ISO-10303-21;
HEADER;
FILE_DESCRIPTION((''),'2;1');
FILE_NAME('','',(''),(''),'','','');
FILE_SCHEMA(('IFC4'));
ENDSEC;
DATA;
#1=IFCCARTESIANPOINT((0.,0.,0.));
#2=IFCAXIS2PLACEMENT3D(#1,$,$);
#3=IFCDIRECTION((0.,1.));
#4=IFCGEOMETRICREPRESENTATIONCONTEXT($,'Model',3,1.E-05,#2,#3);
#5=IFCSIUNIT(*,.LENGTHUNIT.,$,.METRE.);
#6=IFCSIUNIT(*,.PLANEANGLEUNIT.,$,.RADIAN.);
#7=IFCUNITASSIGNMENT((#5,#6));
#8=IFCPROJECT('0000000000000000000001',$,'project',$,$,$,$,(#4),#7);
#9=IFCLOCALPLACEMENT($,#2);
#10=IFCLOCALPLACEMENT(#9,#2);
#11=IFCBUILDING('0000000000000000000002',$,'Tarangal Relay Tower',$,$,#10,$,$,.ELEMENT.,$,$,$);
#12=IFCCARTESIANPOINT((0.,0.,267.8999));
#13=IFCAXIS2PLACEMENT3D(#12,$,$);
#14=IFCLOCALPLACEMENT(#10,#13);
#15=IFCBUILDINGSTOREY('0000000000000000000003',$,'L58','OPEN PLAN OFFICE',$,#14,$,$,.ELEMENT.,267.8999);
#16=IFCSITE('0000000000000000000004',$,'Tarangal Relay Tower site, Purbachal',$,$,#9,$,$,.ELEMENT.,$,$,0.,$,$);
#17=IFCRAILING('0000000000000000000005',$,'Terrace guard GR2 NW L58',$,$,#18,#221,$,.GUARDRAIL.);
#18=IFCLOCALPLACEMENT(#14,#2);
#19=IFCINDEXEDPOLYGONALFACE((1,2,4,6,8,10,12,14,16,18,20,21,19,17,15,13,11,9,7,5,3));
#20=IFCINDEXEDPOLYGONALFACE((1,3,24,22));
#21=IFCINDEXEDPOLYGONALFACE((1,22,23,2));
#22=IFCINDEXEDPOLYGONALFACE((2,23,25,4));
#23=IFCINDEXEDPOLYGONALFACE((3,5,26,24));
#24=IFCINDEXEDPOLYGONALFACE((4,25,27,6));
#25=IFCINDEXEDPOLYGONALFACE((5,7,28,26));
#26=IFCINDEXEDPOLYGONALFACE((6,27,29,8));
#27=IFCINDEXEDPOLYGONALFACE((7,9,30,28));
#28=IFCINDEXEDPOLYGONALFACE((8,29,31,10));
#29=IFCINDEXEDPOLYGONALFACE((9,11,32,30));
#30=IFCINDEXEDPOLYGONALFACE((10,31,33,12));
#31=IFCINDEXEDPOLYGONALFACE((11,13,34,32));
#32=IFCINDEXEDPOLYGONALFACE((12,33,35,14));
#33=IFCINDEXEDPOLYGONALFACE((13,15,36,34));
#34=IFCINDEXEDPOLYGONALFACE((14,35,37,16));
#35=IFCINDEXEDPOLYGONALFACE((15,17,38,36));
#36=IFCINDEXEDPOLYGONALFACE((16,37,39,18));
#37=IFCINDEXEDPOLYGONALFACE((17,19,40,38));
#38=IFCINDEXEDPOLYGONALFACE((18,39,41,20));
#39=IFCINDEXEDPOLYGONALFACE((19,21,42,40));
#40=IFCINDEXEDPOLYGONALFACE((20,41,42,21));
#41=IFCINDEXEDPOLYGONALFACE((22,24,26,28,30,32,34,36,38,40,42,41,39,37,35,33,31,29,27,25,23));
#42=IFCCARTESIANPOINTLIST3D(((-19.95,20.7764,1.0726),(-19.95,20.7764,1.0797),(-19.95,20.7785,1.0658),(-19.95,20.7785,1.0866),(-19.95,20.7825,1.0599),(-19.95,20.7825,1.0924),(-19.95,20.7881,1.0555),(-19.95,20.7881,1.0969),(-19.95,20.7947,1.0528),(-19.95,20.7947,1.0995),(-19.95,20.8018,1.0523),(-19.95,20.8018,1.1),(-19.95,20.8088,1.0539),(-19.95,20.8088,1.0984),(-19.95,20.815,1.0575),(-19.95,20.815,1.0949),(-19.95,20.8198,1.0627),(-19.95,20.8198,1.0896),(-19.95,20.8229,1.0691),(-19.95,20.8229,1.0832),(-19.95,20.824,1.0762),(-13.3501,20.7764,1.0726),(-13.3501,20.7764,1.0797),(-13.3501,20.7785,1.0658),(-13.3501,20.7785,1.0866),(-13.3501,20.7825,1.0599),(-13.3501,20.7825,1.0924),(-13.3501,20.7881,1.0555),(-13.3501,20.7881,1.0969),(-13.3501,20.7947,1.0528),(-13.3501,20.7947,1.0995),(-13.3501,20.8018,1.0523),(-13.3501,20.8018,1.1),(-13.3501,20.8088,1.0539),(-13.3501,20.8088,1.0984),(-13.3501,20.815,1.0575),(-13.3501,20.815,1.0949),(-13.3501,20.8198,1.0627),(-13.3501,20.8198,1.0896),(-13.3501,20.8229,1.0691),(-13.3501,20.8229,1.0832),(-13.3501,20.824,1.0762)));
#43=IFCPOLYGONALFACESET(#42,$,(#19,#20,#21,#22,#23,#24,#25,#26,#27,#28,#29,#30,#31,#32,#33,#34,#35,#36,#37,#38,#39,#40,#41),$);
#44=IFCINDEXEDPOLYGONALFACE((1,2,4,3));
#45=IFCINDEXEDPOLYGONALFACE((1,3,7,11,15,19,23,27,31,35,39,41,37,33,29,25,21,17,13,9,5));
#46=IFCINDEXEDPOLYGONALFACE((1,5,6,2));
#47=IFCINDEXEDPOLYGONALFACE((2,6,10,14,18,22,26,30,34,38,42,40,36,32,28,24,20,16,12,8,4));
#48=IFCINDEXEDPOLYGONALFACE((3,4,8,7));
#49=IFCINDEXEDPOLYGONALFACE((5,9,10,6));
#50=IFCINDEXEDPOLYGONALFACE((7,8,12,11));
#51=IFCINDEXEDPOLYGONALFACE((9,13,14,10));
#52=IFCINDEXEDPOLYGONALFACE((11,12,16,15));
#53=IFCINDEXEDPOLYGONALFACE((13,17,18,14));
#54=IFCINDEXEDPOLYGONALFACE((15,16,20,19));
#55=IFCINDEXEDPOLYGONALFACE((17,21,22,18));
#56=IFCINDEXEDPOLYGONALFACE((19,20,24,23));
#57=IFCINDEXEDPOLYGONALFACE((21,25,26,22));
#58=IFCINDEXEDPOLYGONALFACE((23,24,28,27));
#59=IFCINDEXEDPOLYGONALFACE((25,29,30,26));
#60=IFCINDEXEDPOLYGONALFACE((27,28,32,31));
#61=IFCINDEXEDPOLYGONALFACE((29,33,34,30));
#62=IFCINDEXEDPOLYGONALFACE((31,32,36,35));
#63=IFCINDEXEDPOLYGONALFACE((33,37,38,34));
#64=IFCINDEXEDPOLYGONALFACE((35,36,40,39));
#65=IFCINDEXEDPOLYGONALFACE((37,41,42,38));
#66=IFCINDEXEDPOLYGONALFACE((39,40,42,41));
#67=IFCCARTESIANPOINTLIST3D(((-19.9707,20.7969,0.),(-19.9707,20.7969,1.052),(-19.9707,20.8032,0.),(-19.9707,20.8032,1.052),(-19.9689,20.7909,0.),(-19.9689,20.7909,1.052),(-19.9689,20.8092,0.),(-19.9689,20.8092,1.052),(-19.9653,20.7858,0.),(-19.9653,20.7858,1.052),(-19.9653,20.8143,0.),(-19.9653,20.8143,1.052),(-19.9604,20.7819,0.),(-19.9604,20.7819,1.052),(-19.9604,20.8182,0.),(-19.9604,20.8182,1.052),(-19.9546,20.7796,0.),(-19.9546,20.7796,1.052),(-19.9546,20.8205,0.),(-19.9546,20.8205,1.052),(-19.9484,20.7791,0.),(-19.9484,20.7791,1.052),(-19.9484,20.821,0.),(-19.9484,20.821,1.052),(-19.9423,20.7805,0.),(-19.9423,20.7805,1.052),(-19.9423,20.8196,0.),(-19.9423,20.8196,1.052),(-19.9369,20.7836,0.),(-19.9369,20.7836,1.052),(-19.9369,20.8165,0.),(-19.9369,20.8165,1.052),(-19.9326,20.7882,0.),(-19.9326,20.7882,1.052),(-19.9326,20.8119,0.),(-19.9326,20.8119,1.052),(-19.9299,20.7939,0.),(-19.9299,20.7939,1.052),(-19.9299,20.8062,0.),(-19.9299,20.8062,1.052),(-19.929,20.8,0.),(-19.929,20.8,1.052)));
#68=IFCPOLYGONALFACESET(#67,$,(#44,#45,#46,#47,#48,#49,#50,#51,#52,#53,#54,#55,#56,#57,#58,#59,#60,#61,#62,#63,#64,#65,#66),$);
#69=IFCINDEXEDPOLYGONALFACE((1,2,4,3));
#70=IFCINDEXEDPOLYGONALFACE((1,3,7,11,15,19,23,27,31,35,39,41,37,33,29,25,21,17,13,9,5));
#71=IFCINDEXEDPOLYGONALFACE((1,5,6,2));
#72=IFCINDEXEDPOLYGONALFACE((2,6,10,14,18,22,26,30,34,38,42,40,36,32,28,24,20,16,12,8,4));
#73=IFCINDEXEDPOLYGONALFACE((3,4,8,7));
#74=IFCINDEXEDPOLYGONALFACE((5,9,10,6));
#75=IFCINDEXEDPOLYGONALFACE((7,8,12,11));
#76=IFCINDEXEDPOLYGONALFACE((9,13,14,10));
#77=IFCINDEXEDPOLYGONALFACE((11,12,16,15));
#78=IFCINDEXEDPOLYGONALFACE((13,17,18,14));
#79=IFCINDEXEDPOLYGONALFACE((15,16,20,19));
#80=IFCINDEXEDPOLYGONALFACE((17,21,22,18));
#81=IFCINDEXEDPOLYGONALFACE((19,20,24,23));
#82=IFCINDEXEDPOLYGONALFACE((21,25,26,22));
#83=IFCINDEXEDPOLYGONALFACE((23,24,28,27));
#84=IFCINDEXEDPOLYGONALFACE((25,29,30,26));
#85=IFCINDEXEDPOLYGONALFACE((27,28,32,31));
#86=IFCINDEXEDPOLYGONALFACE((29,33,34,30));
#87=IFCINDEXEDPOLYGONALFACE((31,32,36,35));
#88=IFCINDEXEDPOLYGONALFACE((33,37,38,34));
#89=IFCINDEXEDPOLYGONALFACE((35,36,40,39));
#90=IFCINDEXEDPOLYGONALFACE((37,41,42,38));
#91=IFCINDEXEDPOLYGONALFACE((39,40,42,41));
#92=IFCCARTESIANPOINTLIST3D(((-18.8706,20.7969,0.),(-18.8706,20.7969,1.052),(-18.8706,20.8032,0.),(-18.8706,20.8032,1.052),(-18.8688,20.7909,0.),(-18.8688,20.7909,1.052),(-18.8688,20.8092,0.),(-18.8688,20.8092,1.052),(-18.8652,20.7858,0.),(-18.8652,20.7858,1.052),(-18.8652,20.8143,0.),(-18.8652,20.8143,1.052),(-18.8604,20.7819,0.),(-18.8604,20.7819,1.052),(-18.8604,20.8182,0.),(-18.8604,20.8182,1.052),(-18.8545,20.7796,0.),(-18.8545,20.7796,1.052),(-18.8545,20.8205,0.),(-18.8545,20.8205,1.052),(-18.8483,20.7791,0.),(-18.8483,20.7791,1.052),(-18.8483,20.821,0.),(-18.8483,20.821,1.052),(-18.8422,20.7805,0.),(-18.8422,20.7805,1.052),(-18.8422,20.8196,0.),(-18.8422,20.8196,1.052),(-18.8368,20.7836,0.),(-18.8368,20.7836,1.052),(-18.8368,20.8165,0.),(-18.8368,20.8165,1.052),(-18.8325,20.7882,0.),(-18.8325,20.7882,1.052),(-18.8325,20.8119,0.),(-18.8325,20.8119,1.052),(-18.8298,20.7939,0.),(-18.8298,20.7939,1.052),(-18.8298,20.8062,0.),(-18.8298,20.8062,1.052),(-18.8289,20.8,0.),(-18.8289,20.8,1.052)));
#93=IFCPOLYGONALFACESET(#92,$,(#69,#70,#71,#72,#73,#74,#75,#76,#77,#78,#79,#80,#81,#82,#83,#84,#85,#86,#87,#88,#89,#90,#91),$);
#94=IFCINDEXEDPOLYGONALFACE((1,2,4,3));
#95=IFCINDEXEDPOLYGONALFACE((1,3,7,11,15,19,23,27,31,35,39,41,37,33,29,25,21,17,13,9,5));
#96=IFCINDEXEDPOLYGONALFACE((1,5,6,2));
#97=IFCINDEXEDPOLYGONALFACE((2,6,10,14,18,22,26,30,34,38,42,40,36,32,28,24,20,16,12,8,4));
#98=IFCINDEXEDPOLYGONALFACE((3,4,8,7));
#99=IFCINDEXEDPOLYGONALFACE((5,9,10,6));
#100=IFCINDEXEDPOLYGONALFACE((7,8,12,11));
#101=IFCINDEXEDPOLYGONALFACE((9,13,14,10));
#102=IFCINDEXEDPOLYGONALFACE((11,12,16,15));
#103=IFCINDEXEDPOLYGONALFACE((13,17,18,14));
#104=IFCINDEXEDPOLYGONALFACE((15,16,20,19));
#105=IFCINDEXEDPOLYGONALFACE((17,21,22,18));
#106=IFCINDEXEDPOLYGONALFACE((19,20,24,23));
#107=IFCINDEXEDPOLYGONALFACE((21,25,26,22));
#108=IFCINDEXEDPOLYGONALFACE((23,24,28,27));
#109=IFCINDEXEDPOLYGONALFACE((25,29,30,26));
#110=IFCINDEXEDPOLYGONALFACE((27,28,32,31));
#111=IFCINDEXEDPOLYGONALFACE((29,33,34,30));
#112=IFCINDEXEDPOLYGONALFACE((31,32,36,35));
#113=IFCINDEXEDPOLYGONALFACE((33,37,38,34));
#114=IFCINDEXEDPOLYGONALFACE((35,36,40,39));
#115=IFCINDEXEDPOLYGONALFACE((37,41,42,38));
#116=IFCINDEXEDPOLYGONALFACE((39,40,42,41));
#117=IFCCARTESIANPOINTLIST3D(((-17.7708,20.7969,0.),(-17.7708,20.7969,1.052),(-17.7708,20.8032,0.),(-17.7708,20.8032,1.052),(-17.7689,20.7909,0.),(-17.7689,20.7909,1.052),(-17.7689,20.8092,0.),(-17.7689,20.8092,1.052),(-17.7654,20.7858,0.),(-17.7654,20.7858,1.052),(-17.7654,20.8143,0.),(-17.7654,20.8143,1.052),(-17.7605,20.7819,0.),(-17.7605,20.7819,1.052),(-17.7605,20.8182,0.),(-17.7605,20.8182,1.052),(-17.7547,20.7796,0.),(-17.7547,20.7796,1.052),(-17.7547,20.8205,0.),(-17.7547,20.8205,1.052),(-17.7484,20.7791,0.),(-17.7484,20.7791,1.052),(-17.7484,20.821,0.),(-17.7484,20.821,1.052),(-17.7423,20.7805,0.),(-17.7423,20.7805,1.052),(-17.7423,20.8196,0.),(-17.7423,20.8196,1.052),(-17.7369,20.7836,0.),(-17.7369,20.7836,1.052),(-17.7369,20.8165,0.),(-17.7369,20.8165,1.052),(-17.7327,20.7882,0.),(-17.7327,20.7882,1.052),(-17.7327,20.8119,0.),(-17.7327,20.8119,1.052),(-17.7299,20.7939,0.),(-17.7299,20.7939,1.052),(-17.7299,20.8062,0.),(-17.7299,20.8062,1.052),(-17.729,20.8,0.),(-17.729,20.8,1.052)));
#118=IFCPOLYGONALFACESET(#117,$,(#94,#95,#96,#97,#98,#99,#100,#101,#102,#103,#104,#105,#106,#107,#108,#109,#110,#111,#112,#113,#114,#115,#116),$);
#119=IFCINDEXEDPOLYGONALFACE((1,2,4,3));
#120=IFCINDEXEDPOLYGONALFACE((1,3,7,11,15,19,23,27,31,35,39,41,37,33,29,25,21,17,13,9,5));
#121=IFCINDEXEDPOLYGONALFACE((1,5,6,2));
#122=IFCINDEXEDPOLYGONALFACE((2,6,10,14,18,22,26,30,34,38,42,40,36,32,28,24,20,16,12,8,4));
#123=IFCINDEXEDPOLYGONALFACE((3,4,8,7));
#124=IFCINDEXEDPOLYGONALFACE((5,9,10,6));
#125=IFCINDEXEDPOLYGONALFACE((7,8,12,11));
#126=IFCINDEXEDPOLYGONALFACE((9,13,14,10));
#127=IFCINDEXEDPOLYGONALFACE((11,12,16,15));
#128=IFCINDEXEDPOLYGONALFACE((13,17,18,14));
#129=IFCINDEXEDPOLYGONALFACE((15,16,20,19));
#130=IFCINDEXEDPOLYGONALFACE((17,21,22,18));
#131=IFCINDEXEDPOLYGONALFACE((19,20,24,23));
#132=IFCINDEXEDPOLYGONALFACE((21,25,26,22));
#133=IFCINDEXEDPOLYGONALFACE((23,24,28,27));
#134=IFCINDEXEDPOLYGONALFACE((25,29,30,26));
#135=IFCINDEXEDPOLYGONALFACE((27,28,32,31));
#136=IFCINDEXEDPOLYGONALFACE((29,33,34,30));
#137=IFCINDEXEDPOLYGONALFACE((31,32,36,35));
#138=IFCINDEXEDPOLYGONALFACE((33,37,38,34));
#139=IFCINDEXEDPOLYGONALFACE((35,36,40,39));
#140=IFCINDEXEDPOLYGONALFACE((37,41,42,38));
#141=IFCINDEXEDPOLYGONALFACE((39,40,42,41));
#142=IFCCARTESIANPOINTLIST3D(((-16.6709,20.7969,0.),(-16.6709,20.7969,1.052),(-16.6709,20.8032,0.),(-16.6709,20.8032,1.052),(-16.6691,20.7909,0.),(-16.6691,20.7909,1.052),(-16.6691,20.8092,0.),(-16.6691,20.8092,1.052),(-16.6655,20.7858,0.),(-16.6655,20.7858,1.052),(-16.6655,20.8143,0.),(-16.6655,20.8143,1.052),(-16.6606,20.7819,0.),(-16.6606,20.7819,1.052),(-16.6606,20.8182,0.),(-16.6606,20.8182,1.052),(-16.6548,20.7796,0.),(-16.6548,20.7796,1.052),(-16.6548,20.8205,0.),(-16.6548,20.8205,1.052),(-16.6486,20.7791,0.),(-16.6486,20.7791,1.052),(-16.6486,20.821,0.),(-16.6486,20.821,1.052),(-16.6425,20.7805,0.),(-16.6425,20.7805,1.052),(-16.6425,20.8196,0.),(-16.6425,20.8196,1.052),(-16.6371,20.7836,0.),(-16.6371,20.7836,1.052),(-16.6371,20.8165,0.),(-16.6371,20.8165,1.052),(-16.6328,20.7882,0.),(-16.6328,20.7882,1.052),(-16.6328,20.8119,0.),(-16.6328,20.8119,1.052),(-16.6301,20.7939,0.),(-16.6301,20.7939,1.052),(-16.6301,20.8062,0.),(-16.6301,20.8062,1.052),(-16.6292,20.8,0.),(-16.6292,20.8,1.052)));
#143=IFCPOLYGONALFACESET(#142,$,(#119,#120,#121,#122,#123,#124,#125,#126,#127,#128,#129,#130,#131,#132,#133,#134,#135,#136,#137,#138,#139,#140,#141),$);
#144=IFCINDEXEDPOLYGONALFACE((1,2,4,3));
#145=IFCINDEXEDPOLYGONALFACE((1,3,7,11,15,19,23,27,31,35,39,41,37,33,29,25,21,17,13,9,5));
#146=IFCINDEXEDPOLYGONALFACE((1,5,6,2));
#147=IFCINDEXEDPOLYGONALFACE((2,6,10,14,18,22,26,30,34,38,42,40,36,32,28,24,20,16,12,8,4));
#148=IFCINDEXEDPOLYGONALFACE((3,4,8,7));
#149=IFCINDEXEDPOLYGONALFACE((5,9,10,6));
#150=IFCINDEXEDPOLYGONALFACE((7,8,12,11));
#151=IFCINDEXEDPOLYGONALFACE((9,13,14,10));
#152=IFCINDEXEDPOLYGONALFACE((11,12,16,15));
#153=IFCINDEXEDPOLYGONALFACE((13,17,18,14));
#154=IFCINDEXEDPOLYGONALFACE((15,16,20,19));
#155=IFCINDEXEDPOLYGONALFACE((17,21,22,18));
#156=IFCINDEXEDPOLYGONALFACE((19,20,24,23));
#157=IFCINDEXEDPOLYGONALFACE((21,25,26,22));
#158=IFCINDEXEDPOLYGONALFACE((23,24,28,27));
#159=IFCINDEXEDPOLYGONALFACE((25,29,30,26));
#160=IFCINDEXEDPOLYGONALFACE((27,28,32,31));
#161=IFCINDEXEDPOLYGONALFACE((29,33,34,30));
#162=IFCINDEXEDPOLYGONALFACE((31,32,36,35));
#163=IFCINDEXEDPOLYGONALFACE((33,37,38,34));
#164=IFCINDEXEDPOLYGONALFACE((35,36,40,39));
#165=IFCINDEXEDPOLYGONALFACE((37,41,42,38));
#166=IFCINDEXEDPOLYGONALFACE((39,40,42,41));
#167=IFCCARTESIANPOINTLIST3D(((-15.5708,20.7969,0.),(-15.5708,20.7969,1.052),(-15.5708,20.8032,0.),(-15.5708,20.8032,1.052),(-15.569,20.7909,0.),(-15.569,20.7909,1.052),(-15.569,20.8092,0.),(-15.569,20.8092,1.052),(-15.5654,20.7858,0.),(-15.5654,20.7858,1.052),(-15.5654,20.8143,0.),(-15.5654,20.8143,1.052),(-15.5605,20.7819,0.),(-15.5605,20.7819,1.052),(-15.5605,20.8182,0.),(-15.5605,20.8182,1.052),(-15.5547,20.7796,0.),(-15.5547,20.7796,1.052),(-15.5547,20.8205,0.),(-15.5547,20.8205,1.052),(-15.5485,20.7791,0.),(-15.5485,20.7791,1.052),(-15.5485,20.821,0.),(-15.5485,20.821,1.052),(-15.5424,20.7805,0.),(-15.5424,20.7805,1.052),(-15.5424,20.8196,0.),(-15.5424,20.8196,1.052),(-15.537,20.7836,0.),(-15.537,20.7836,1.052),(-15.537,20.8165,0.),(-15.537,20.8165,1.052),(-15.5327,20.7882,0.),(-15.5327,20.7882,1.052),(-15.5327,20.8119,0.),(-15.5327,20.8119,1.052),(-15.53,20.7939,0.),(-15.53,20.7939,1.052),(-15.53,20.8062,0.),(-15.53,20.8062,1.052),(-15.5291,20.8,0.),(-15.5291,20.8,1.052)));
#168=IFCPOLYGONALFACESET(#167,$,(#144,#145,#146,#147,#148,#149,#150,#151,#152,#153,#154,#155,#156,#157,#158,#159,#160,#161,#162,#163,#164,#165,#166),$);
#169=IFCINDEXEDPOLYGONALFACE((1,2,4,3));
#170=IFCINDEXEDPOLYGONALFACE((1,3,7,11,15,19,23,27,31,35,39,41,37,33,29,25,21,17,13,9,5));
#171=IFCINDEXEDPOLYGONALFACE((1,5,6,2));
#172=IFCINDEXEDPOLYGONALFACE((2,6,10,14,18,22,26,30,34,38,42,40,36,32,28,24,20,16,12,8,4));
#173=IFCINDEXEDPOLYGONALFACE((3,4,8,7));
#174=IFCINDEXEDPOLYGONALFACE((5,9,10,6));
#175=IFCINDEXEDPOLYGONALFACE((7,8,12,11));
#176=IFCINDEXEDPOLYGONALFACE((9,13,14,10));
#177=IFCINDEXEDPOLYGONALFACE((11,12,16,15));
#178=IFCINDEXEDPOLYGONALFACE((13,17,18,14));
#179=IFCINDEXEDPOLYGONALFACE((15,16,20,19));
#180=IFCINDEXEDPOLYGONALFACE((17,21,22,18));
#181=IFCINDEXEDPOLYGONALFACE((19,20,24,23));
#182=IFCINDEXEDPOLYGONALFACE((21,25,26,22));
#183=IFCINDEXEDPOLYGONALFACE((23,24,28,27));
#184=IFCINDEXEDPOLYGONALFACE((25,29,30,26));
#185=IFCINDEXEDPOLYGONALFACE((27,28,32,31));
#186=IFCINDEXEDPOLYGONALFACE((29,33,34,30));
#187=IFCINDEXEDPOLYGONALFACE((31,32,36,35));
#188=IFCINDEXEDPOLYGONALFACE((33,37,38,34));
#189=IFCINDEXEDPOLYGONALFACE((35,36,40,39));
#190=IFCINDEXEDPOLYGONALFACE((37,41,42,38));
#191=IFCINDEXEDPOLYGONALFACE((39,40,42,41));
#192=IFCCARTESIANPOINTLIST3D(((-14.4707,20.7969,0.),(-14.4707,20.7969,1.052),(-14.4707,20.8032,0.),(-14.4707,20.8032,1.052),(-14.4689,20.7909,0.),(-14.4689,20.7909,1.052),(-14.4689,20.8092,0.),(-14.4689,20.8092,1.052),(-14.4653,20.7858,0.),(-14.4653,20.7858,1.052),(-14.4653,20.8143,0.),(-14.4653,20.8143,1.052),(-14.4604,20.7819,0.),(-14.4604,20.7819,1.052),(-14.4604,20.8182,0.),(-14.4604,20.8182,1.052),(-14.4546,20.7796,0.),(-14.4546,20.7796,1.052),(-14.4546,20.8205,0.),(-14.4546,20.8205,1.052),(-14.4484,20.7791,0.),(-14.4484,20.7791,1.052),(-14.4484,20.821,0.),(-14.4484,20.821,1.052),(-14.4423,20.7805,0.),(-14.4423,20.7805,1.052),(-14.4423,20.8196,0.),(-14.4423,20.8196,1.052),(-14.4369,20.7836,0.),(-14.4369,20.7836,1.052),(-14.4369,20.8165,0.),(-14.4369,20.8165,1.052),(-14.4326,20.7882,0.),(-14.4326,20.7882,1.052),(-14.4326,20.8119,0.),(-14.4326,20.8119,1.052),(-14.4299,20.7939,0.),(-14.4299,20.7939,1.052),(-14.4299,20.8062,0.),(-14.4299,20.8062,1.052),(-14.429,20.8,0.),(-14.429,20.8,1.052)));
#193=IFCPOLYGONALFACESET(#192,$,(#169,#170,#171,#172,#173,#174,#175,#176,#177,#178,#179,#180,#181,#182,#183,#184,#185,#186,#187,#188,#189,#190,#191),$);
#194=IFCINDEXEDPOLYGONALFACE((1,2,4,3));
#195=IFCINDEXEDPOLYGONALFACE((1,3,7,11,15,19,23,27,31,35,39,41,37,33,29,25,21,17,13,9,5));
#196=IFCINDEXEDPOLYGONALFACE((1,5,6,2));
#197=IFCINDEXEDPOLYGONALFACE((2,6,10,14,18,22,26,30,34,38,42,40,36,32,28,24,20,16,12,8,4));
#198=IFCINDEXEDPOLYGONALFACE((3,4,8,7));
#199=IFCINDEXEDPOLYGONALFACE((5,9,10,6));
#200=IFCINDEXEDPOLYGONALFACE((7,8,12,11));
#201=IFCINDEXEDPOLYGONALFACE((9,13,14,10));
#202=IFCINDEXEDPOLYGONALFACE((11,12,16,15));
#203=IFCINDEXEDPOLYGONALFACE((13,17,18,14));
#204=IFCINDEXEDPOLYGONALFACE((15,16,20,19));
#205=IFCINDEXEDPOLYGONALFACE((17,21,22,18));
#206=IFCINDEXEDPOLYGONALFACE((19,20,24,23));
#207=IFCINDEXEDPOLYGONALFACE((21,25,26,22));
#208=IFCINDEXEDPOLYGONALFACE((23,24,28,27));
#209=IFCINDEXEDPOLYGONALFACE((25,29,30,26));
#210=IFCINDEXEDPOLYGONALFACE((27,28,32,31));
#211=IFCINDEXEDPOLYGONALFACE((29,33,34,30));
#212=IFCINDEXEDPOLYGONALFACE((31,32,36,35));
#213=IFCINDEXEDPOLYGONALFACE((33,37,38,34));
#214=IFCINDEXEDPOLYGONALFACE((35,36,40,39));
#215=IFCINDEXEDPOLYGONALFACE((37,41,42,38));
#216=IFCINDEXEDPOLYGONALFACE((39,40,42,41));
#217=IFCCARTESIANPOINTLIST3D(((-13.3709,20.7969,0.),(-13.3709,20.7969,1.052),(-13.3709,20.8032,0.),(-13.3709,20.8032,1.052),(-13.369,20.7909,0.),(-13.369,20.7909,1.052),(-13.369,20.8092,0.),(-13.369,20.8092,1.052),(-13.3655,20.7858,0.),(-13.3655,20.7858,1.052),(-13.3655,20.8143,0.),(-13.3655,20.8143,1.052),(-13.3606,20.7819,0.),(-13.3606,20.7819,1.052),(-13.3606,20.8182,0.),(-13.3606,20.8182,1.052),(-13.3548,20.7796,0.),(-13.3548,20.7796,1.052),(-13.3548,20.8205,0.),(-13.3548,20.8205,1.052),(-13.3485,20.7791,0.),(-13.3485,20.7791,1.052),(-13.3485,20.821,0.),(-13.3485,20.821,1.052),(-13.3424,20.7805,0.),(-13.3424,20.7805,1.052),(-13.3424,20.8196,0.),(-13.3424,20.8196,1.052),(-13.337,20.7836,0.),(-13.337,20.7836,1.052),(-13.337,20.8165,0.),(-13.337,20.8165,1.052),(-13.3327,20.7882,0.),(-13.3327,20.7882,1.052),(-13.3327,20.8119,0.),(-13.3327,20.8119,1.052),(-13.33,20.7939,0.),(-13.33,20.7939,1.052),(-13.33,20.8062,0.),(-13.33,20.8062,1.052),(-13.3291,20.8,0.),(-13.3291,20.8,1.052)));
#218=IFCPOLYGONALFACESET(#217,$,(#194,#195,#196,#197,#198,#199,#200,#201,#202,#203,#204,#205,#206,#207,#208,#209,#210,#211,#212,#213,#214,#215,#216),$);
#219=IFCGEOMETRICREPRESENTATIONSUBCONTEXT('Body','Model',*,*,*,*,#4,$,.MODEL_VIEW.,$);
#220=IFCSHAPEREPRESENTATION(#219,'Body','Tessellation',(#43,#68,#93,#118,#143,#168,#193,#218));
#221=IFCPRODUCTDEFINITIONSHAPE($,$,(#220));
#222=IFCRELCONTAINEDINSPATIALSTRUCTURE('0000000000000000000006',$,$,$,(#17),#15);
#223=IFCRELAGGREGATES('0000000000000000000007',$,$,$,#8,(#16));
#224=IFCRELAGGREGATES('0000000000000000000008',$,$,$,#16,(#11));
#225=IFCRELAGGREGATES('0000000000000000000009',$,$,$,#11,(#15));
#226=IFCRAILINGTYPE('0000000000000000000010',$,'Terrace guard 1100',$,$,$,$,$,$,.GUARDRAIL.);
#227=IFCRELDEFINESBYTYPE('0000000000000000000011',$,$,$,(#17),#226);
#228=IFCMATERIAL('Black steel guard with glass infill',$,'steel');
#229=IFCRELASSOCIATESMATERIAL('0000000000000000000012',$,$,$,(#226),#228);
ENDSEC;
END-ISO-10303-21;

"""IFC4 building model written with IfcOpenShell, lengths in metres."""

from ifc_helpers import new_model, si_unit, direction, frame, origin, origin_2d, place, context, subcontext, project, spatial, circle, extrude, material, type_object, element, save


model = new_model("IFC4")

# Units and contexts
model_context = context("Model", 3, precision=1e-05, world=origin(), true_north=direction((0.0, 1.0)))
body_context = subcontext(model_context, "Body", "Model", "MODEL_VIEW")
ifc_project = project(units=[si_unit("LENGTHUNIT", "METRE"), si_unit("PLANEANGLEUNIT", "RADIAN")], contexts=[model_context])

# Site, building, storey
site_placement = place(None, origin())
site = spatial("IfcSite", under=ifc_project, at=site_placement, Name="Tarangal Relay Tower site, Purbachal", CompositionType="ELEMENT", RefElevation=0.0)
building_placement = place(site_placement, origin())
building = spatial("IfcBuilding", under=site, at=building_placement, Name="Tarangal Relay Tower", CompositionType="ELEMENT")
storey_placement = place(building_placement, frame((0.0, 0.0, 267.8999)))
storey = spatial("IfcBuildingStorey", under=building, at=storey_placement, Name="L58", Description="OPEN PLAN OFFICE", CompositionType="ELEMENT", Elevation=267.8999)

# Railing
ifc_material_1 = material(Name="Black steel guard with glass infill", Category="steel")
railing_type = type_object("IfcRailingType", Name="Terrace guard 1100", PredefinedType="GUARDRAIL", material=ifc_material_1)
railing_1_placement = place(storey_placement, frame((-19.95, 20.8, 0.0)))
element("IfcRailing", 1, at=railing_1_placement, inside=storey, type_object=railing_type, Name="Terrace guard GR2 NW L58", PredefinedType="GUARDRAIL", context=body_context, shape_type="SweptSolid", body=[
    extrude(circle(Radius=0.0239, at=origin_2d()), frame((0.0, 0.0, 1.0762), z_axis=(1.0, 0.0, 0.0), x_axis=(0.0, 1.0, 0.0)), (0.0, 0.0, 1.0), 6.5999),
    extrude(circle(Radius=0.021, at=origin_2d()), origin(), (0.0, 0.0, 1.0), 1.052),
    extrude(circle(Radius=0.021, at=origin_2d()), frame((1.1001, 0.0, 0.0)), (0.0, 0.0, 1.0), 1.052),
    extrude(circle(Radius=0.021, at=origin_2d()), frame((2.2, 0.0, 0.0)), (0.0, 0.0, 1.0), 1.052),
    extrude(circle(Radius=0.021, at=origin_2d()), frame((3.2998, 0.0, 0.0)), (0.0, 0.0, 1.0), 1.052),
    extrude(circle(Radius=0.021, at=origin_2d()), frame((4.3999, 0.0, 0.0)), (0.0, 0.0, 1.0), 1.052),
    extrude(circle(Radius=0.021, at=origin_2d()), frame((5.5, 0.0, 0.0)), (0.0, 0.0, 1.0), 1.052),
    extrude(circle(Radius=0.021, at=origin_2d()), frame((6.5999, 0.0, 0.0)), (0.0, 0.0, 1.0), 1.052),
])

save(model, "model.ifc")
